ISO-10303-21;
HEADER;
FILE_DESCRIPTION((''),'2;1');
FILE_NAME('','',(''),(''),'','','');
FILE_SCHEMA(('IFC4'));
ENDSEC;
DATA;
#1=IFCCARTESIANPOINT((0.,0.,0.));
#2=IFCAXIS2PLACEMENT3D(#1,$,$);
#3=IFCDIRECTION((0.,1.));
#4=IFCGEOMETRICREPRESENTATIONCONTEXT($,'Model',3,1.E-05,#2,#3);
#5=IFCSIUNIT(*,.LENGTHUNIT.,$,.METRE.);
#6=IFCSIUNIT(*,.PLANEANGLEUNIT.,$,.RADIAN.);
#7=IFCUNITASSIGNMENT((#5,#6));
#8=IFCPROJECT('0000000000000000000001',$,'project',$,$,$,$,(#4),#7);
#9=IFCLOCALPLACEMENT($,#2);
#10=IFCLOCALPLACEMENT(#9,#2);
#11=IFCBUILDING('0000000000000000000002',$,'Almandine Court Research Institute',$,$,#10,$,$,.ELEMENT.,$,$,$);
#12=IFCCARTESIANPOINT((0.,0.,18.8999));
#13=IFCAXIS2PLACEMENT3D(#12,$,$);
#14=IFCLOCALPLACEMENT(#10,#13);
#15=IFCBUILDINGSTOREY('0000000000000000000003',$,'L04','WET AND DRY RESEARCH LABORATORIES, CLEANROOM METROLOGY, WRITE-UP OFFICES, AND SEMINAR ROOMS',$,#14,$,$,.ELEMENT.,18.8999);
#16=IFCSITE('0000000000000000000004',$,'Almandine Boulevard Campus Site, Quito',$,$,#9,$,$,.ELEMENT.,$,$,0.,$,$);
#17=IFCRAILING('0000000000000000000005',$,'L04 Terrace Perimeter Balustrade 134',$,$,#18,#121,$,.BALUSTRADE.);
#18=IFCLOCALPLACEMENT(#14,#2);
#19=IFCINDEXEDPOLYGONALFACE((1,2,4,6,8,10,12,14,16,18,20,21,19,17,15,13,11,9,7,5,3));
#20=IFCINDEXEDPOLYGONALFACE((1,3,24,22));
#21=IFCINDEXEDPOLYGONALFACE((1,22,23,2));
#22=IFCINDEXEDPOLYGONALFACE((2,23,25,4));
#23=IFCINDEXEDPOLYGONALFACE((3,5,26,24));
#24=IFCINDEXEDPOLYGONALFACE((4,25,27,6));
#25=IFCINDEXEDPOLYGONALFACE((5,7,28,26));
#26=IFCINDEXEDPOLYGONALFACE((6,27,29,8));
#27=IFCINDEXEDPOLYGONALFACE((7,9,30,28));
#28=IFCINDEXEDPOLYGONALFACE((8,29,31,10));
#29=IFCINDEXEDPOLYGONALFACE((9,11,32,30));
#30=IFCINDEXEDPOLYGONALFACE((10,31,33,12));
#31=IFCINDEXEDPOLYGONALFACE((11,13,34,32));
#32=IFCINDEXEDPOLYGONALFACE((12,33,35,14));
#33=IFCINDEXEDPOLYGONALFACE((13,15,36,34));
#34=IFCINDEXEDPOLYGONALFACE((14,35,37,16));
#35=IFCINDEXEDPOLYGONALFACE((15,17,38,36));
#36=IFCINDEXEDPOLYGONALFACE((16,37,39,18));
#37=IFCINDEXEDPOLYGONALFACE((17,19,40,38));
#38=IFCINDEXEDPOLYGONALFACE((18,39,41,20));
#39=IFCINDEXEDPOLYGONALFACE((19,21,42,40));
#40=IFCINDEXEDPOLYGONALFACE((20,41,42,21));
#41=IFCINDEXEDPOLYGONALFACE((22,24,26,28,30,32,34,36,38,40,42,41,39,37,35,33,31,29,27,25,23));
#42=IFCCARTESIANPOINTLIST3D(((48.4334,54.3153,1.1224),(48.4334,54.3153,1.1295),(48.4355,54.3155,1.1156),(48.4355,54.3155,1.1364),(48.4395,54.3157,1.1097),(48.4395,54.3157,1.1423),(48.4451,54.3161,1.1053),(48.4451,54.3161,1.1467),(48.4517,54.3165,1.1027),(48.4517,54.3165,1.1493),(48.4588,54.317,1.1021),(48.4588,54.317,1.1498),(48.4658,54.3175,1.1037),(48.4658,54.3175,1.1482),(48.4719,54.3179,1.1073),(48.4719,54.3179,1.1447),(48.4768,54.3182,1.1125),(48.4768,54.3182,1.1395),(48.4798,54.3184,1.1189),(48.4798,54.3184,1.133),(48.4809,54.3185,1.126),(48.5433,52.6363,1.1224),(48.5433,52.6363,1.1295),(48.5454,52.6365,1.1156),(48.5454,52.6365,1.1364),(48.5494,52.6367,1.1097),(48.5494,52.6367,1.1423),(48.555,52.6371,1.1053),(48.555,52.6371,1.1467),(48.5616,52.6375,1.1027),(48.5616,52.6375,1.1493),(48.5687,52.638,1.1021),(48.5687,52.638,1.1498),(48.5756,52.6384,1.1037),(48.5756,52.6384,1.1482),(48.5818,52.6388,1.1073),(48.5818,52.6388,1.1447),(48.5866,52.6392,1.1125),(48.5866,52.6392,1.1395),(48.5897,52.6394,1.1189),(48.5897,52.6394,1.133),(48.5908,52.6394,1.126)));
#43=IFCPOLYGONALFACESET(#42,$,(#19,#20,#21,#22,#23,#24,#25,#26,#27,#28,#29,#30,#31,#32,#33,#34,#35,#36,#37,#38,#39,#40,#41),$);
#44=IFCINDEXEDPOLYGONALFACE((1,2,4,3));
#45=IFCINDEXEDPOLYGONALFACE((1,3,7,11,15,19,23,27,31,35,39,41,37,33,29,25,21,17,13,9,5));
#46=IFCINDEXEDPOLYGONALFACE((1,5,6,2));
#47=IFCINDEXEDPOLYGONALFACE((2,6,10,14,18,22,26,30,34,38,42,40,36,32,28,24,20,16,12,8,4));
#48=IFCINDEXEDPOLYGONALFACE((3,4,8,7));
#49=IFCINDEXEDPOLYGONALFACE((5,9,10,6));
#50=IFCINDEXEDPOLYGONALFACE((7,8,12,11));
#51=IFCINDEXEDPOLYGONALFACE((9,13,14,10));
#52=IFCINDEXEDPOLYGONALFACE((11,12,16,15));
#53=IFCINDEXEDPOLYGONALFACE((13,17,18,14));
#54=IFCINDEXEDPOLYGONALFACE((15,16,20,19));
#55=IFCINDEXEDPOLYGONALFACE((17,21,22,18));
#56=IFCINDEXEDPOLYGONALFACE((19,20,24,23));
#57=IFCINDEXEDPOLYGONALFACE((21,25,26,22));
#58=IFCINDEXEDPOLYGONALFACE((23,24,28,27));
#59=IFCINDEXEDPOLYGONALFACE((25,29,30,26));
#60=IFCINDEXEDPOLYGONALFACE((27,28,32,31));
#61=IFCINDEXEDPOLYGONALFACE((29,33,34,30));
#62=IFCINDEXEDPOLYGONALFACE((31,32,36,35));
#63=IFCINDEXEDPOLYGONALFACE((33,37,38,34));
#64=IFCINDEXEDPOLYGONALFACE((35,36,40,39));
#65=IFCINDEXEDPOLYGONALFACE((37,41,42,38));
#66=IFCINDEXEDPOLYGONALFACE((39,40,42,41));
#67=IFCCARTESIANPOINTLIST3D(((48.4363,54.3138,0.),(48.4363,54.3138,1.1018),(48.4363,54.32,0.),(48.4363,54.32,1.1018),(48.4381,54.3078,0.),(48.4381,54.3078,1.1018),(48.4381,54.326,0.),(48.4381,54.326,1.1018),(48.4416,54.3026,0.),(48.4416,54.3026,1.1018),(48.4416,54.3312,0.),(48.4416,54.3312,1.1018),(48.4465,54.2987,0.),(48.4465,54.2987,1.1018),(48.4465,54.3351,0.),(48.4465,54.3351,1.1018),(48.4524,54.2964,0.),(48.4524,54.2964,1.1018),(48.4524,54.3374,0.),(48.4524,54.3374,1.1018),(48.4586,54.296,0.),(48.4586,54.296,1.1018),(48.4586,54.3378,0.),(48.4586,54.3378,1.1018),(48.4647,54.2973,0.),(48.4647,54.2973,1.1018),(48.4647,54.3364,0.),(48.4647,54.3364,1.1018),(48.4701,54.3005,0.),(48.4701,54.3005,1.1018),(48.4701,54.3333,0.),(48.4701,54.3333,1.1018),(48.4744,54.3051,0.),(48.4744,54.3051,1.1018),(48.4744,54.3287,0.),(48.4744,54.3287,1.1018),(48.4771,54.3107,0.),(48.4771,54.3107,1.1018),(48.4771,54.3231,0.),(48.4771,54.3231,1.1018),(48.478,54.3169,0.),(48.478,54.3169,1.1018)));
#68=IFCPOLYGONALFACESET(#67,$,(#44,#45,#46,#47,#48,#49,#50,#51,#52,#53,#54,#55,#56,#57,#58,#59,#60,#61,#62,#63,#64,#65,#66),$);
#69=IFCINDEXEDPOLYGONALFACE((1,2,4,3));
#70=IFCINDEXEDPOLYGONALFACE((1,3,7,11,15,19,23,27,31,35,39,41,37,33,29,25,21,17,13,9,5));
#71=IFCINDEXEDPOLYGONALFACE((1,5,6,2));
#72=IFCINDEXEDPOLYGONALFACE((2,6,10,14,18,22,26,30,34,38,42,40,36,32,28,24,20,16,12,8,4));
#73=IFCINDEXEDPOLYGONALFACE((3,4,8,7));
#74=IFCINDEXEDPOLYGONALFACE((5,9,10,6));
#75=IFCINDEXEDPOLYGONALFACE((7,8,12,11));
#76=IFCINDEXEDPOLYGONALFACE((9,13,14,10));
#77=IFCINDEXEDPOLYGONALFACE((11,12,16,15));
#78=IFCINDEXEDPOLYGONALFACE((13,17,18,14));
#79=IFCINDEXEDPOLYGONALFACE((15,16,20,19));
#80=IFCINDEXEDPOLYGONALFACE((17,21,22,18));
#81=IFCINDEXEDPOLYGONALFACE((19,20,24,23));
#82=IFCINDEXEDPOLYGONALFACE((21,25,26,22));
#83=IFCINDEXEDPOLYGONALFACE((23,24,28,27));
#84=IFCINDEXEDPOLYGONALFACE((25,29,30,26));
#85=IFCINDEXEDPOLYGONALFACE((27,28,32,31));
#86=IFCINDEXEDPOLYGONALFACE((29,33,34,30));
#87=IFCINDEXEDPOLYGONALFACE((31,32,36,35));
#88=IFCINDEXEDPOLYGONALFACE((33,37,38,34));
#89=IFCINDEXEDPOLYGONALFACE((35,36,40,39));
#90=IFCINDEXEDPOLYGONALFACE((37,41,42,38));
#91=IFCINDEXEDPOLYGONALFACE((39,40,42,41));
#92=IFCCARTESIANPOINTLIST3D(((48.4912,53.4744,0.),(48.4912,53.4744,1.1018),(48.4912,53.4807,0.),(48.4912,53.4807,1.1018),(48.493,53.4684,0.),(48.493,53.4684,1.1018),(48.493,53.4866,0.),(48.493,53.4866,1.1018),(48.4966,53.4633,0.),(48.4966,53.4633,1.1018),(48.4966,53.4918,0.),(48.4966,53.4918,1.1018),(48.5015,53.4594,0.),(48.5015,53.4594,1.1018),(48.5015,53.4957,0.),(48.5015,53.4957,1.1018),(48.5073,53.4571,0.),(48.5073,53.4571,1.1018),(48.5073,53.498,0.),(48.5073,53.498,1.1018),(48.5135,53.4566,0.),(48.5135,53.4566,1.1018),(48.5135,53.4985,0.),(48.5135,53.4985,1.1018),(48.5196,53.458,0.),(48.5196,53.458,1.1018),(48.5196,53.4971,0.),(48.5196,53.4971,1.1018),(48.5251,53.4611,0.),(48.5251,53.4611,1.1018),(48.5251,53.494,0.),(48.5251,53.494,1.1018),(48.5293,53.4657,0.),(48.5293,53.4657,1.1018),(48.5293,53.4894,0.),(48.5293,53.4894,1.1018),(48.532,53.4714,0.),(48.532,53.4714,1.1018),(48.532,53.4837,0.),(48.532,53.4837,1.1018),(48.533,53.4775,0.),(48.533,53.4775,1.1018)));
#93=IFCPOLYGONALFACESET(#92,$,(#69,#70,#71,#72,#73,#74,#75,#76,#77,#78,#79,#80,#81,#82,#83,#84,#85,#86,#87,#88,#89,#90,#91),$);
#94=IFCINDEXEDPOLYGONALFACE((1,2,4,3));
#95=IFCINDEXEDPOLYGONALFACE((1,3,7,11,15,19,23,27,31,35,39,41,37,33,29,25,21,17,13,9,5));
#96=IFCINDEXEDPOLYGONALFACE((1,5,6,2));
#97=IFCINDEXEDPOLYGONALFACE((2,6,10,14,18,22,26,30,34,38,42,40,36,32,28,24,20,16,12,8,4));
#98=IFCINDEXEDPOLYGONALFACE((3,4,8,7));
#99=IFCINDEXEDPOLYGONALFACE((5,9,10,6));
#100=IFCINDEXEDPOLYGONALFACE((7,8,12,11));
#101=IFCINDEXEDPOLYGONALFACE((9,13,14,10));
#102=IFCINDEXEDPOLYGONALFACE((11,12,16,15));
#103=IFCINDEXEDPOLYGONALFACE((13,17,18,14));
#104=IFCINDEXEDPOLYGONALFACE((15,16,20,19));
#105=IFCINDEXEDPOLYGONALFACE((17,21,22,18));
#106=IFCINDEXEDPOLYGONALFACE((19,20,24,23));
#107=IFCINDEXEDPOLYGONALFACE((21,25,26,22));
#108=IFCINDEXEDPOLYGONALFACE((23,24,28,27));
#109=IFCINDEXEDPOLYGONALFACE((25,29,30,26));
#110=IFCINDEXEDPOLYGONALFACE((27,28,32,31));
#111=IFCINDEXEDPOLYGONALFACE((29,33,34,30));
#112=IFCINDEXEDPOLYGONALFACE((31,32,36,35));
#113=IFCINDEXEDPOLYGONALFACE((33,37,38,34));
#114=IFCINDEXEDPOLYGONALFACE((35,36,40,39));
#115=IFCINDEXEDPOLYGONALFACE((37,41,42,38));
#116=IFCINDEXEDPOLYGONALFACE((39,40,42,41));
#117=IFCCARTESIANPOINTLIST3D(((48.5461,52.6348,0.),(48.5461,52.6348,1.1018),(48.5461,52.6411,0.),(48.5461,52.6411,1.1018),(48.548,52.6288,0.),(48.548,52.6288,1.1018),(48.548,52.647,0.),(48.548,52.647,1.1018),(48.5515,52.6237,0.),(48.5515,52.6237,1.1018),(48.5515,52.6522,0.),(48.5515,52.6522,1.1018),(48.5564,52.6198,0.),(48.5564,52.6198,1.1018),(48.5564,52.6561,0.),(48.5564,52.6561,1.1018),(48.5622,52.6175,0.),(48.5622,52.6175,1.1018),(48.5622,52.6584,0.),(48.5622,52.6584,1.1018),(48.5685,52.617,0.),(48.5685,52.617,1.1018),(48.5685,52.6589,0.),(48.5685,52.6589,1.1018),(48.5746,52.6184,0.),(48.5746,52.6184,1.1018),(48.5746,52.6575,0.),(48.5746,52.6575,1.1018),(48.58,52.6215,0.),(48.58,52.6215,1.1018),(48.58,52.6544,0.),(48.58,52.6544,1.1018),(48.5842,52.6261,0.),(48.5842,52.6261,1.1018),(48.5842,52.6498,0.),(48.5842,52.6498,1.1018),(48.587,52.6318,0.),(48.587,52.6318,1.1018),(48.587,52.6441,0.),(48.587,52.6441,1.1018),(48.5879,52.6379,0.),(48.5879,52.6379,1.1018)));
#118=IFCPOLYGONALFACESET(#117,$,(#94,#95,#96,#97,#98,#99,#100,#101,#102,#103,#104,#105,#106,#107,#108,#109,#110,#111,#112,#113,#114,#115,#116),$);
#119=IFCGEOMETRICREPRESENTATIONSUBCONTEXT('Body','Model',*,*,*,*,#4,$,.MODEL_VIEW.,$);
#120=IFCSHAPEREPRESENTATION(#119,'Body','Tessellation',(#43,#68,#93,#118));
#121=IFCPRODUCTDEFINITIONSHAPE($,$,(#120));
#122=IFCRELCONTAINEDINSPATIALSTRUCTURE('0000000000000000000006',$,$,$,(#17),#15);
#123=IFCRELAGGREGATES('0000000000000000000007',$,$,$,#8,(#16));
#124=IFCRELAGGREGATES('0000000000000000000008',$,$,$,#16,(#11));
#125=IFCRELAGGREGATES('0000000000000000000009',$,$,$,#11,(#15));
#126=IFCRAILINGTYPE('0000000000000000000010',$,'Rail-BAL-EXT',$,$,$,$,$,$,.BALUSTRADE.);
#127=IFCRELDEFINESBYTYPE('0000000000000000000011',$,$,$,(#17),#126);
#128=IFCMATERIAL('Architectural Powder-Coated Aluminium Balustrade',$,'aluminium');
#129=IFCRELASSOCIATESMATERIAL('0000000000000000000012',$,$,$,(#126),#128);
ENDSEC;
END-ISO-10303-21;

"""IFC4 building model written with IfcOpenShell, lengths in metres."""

from ifc_helpers import new_model, si_unit, direction, frame, origin, origin_2d, place, context, subcontext, project, spatial, circle, extrude, material, type_object, element, save


model = new_model("IFC4")

# Units and contexts
model_context = context("Model", 3, precision=1e-05, world=origin(), true_north=direction((0.0, 1.0)))
body_context = subcontext(model_context, "Body", "Model", "MODEL_VIEW")
ifc_project = project(units=[si_unit("LENGTHUNIT", "METRE"), si_unit("PLANEANGLEUNIT", "RADIAN")], contexts=[model_context])

# Site, building, storey
site_placement = place(None, origin())
site = spatial("IfcSite", under=ifc_project, at=site_placement, Name="Almandine Boulevard Campus Site, Quito", CompositionType="ELEMENT", RefElevation=0.0)
building_placement = place(site_placement, origin())
building = spatial("IfcBuilding", under=site, at=building_placement, Name="Almandine Court Research Institute", CompositionType="ELEMENT")
storey_placement = place(building_placement, frame((0.0, 0.0, 18.8999)))
storey = spatial("IfcBuildingStorey", under=building, at=storey_placement, Name="L04", Description="WET AND DRY RESEARCH LABORATORIES, CLEANROOM METROLOGY, WRITE-UP OFFICES, AND SEMINAR ROOMS", CompositionType="ELEMENT", Elevation=18.8999)

# Railing
ifc_material_1 = material(Name="Architectural Powder-Coated Aluminium Balustrade", Category="aluminium")
railing_type = type_object("IfcRailingType", Name="Rail-BAL-EXT", PredefinedType="BALUSTRADE", material=ifc_material_1)
railing_1_placement = place(storey_placement, frame((48.457, 54.3169, 0.0)))
element("IfcRailing", 1, at=railing_1_placement, inside=storey, type_object=railing_type, Name="L04 Terrace Perimeter Balustrade 134", PredefinedType="BALUSTRADE", context=body_context, shape_type="SweptSolid", body=[
    extrude(circle(Radius=0.0239, at=origin_2d()), frame((0.0, 0.0, 1.126), z_axis=(0.065296, -0.997866, 0.0), x_axis=(0.997866, 0.065296, 0.0)), (0.0, 0.0, 1.0), 1.6826),
    extrude(circle(Radius=0.021, at=origin_2d()), origin(), (0.0, 0.0, 1.0), 1.1018),
    extrude(circle(Radius=0.021, at=origin_2d()), frame((0.0549, -0.8394, 0.0)), (0.0, 0.0, 1.0), 1.1018),
    extrude(circle(Radius=0.021, at=origin_2d()), frame((0.1099, -1.679, 0.0)), (0.0, 0.0, 1.0), 1.1018),
])

save(model, "model.ifc")
